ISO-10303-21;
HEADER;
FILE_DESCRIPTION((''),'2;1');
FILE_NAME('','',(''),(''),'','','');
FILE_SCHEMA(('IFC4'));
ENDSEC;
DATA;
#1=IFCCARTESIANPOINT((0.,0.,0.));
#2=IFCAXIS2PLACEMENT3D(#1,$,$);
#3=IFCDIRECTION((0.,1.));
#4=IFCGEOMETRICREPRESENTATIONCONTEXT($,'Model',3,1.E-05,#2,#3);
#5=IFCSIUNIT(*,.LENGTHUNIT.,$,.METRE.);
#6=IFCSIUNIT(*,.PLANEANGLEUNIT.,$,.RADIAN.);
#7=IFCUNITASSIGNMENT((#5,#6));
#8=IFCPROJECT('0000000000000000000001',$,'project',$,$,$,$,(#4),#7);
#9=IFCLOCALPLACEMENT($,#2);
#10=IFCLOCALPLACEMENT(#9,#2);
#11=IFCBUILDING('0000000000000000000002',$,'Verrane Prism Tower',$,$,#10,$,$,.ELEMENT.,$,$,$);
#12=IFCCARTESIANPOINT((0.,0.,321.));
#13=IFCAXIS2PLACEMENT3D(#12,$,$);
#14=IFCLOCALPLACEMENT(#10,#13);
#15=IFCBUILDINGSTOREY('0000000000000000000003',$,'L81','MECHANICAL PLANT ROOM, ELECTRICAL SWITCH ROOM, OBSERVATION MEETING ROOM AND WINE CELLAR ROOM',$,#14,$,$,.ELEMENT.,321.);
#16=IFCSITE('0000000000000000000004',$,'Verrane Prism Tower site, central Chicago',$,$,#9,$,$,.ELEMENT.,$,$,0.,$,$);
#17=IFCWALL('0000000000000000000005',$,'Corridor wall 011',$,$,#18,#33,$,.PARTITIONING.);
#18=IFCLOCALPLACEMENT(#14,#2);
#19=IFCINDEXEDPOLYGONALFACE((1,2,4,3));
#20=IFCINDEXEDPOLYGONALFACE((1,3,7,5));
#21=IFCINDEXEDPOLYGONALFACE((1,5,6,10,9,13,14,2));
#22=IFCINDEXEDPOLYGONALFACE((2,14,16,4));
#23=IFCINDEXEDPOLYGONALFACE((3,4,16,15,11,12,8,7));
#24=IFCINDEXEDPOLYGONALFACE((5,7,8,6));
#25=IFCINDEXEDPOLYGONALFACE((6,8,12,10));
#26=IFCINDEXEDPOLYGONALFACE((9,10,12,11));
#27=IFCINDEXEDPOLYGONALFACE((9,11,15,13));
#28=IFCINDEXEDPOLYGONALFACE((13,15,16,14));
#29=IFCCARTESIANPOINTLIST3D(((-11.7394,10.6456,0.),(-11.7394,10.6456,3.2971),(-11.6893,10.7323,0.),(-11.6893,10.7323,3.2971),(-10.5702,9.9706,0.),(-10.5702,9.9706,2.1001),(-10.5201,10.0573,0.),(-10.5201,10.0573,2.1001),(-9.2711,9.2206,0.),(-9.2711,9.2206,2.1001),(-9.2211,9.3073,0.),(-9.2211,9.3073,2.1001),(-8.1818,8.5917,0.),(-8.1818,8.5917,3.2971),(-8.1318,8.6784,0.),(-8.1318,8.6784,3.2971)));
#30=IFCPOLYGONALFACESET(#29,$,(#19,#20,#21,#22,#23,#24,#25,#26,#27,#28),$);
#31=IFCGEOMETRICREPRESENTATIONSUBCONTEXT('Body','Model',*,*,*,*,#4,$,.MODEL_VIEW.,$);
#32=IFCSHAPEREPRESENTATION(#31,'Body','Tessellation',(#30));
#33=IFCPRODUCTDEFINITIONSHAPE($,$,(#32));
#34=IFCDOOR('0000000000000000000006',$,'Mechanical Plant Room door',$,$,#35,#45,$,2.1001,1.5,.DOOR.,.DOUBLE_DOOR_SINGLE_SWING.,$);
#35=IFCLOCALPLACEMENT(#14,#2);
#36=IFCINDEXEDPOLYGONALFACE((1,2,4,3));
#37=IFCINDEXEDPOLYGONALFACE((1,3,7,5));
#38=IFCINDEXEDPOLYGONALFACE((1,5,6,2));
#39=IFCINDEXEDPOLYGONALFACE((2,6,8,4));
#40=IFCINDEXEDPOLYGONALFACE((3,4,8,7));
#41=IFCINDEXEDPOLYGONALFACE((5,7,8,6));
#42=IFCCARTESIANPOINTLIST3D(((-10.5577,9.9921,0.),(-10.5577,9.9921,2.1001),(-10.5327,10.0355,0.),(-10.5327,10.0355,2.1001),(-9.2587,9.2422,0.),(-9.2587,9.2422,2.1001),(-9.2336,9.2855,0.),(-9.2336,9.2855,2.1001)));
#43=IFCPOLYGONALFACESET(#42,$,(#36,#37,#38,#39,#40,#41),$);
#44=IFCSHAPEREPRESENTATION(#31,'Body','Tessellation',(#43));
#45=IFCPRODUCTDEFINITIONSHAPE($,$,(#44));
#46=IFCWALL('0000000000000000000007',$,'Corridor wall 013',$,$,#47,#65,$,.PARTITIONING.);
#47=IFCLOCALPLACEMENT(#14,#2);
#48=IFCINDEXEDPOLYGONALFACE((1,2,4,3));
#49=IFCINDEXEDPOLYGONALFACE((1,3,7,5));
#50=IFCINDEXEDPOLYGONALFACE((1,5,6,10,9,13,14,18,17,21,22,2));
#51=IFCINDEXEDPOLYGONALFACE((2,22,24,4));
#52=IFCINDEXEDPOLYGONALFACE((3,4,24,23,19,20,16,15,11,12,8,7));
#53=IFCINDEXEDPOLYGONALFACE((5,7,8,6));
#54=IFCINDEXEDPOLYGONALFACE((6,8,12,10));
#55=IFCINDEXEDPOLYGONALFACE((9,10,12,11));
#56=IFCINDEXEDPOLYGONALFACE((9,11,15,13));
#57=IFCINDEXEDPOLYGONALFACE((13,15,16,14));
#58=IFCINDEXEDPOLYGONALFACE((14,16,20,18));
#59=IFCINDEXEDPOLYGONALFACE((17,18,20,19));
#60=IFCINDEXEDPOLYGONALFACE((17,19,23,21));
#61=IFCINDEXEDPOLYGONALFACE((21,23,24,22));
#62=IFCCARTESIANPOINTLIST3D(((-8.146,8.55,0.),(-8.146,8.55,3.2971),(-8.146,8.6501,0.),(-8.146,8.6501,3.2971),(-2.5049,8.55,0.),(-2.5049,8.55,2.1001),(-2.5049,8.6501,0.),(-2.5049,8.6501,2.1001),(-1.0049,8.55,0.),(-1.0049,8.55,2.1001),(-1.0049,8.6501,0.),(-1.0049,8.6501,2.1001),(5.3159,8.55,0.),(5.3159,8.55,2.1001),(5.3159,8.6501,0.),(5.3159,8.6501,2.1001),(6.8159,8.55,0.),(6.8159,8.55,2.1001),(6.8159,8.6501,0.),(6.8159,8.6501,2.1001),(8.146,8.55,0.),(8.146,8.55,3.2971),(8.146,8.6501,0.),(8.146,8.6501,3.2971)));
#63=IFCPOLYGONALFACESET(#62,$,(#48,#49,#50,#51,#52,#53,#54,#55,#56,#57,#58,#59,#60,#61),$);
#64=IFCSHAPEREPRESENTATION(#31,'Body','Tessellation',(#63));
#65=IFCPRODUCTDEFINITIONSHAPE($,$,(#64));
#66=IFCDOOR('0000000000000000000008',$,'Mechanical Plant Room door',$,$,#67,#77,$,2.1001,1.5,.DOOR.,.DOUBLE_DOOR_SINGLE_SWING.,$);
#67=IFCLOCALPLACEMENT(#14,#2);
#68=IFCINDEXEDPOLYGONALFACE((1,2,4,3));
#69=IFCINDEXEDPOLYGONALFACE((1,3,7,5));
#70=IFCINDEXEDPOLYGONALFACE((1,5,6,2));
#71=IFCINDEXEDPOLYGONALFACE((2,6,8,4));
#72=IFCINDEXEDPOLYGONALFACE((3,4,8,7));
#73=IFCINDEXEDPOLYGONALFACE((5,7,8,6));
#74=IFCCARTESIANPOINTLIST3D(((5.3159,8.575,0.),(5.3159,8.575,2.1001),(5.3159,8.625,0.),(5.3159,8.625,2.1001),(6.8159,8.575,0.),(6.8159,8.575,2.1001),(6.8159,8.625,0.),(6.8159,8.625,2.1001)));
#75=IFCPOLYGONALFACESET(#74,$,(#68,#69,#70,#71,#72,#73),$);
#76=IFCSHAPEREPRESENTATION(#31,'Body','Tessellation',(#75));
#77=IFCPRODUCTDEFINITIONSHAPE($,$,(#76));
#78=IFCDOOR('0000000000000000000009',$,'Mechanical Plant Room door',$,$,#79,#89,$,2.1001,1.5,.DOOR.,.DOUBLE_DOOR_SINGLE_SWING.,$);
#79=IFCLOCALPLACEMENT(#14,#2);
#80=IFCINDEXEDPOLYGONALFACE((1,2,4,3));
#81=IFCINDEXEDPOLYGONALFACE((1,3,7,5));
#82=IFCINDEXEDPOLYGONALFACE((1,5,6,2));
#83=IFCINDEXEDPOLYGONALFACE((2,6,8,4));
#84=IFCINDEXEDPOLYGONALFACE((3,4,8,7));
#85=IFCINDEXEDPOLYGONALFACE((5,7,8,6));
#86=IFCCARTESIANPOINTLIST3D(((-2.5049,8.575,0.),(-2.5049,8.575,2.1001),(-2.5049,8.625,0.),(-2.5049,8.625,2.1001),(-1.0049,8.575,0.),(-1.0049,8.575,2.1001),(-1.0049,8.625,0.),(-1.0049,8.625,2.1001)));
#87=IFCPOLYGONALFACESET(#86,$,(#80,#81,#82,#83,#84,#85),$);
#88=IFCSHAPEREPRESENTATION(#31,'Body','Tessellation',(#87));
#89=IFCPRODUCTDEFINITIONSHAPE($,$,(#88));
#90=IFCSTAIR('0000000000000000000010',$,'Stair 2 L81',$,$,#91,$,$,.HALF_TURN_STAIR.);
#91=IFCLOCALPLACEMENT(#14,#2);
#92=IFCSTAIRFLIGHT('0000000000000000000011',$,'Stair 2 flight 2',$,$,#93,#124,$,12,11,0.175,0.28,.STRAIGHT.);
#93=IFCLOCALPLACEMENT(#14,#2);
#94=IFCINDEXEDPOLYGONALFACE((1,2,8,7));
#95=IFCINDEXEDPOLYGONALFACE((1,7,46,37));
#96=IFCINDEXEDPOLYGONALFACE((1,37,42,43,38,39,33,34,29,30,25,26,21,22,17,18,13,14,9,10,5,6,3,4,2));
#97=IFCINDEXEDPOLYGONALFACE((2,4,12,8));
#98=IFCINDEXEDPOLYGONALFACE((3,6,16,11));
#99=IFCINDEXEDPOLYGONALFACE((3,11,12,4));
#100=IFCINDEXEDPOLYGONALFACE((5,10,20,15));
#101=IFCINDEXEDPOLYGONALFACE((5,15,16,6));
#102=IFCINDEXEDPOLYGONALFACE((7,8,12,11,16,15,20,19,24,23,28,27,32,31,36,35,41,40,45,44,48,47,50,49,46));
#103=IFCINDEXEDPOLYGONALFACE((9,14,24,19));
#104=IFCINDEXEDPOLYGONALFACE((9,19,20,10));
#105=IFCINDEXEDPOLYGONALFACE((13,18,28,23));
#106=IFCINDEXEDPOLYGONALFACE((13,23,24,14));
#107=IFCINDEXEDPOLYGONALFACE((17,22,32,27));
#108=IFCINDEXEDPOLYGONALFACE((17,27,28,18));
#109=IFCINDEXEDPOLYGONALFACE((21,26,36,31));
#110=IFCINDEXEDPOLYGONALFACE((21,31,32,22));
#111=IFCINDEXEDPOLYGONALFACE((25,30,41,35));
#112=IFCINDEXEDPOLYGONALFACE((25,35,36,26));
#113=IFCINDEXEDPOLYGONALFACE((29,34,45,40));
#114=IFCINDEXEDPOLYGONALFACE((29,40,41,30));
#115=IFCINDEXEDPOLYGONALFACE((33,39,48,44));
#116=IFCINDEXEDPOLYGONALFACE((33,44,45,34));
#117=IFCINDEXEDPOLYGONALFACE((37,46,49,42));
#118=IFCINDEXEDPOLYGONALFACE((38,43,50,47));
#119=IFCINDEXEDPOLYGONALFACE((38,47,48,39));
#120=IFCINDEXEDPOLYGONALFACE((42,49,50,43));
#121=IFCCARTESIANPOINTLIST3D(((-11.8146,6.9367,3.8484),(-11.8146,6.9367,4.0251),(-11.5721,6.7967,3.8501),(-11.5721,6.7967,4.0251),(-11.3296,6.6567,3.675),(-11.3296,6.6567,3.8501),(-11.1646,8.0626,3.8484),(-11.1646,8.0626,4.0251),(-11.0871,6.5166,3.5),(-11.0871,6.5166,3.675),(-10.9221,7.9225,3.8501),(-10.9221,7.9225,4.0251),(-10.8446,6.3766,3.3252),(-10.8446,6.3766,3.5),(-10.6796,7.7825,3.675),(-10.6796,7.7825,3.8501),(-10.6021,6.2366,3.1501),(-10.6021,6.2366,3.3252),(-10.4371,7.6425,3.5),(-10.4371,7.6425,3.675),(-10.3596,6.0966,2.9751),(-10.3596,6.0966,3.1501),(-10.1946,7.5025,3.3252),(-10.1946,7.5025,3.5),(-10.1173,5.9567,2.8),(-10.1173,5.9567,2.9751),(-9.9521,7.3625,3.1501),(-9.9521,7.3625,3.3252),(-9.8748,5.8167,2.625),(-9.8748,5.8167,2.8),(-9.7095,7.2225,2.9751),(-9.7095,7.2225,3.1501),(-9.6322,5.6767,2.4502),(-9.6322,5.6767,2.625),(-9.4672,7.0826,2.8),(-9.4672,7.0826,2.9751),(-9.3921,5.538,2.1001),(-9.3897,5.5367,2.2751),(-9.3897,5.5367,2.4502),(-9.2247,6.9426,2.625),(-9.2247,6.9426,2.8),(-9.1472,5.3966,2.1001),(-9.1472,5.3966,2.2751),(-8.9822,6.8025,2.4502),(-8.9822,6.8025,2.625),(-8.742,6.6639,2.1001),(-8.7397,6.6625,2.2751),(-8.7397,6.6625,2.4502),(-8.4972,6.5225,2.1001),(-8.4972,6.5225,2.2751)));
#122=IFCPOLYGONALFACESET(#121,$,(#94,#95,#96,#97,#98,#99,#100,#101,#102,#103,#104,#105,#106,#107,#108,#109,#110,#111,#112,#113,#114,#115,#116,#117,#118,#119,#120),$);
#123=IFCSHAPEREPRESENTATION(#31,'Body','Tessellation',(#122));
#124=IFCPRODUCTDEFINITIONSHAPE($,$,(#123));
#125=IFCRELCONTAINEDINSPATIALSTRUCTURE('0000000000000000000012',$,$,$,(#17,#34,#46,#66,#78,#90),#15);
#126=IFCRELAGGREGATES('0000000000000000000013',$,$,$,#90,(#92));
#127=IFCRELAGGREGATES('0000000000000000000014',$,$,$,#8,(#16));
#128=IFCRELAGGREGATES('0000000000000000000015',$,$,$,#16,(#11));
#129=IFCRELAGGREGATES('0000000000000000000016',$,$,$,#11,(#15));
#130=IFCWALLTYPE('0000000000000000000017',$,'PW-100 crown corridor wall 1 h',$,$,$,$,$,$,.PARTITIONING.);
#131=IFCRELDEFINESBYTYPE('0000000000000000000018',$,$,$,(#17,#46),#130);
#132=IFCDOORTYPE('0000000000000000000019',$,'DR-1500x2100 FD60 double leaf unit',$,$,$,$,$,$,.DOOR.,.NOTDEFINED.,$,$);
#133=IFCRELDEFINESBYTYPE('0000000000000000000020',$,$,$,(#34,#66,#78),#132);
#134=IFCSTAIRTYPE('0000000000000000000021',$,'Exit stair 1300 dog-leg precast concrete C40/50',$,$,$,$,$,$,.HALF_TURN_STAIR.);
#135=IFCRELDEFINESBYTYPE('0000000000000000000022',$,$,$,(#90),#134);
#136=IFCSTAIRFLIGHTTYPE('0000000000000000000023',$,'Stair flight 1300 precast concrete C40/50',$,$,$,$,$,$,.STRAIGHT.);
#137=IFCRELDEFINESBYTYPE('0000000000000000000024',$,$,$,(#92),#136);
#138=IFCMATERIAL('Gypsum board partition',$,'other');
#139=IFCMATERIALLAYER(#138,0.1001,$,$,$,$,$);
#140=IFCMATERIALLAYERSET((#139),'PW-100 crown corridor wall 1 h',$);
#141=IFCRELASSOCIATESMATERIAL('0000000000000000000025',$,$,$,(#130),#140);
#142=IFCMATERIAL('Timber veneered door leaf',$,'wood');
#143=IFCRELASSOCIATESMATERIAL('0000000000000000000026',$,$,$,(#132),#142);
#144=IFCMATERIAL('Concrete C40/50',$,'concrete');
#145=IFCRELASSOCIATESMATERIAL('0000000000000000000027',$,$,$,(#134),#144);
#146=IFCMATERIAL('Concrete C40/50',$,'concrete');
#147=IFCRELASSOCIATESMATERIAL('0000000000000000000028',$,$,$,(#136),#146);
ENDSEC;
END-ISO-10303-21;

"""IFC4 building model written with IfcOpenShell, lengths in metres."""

from ifc_helpers import new_model, si_unit, direction, frame, frame_2d, origin, place, context, subcontext, project, spatial, polyline, rectangle, outline, extrude, material, layer, layer_set, type_object, element, fill, aggregate, save


model = new_model("IFC4")

# Units and contexts
model_context = context("Model", 3, precision=1e-05, world=origin(), true_north=direction((0.0, 1.0)))
body_context = subcontext(model_context, "Body", "Model", "MODEL_VIEW")
ifc_project = project(units=[si_unit("LENGTHUNIT", "METRE"), si_unit("PLANEANGLEUNIT", "RADIAN")], contexts=[model_context])

# Site, building, storey
site_placement = place(None, origin())
site = spatial("IfcSite", under=ifc_project, at=site_placement, Name="Verrane Prism Tower site, central Chicago", CompositionType="ELEMENT", RefElevation=0.0)
building_placement = place(site_placement, origin())
building = spatial("IfcBuilding", under=site, at=building_placement, Name="Verrane Prism Tower", CompositionType="ELEMENT")
storey_placement = place(building_placement, frame((0.0, 0.0, 321.0)))
storey = spatial("IfcBuildingStorey", under=building, at=storey_placement, Name="L81", Description="MECHANICAL PLANT ROOM, ELECTRICAL SWITCH ROOM, OBSERVATION MEETING ROOM AND WINE CELLAR ROOM", CompositionType="ELEMENT", Elevation=321.0)

# Shared definitions
ifc_material_1 = material(Name="Gypsum board partition", Category="other")
ifc_layer_1 = layer(ifc_material_1, 0.1001)
ifc_layer_set_1 = layer_set([ifc_layer_1], Name="PW-100 crown corridor wall 1 h")
wall_type_1 = type_object("IfcWallType", Name="PW-100 crown corridor wall 1 h", PredefinedType="PARTITIONING", material=ifc_layer_set_1)
ifc_material_2 = material(Name="Timber veneered door leaf", Category="wood")
door_type = type_object("IfcDoorType", Name="DR-1500x2100 FD60 double leaf unit", OperationType="NOTDEFINED", PredefinedType="DOOR", material=ifc_material_2)

# Wall, opening, door
wall_1_placement = place(storey_placement, frame((-11.7144, 10.689, 0.0), z_axis=(0.0, 0.0, 1.0), x_axis=(0.866029, -0.499993, 0.0)))
wall_1 = element("IfcWall", 1, at=wall_1_placement, inside=storey, type_object=wall_type_1, Name="Corridor wall 011", PredefinedType="PARTITIONING", context=body_context, shape_type="SweptSolid", body=[
    extrude(rectangle(XDim=4.1079, YDim=0.1001, at=frame_2d((2.054, 0.0))), origin(), (0.0, 0.0, 1.0), 3.2971),
])
opening_1_placement = place(wall_1_placement, frame((1.3501, 0.0, 0.0)))
opening_1 = element("IfcOpeningElement", 2, at=opening_1_placement, cuts=wall_1, PredefinedType="OPENING", context=body_context, shape_type="SweptSolid", body=[
    extrude(rectangle(XDim=1.5, YDim=2.1001, at=frame_2d((0.75, 1.05))), frame((0.0, 0.0601, 0.0), z_axis=(0.0, -1.0, 0.0), x_axis=(1.0, 0.0, 0.0)), (0.0, 0.0, 1.0), 0.1201),
])
door_1_placement = place(opening_1_placement, origin())
door_1 = element("IfcDoor", 3, at=door_1_placement, inside=storey, type_object=door_type, Name="Mechanical Plant Room door", OperationType="DOUBLE_DOOR_SINGLE_SWING", OverallHeight=2.1001, OverallWidth=1.5, PredefinedType="DOOR", context=body_context, shape_type="SweptSolid", body=[
    extrude(rectangle(XDim=1.5, YDim=2.1001, at=frame_2d((0.75, 1.05))), frame((0.0, 0.0249, 0.0), z_axis=(0.0, -1.0, 0.0), x_axis=(1.0, 0.0, 0.0)), (0.0, 0.0, 1.0), 0.05),
])
fill(opening_1, door_1)

# Wall, openings, doors
wall_2_placement = place(storey_placement, frame((-8.146, 8.6001, 0.0), z_axis=(0.0, 0.0, 1.0), x_axis=(1.0, 0.0, 0.0)))
wall_2 = element("IfcWall", 4, at=wall_2_placement, inside=storey, type_object=wall_type_1, Name="Corridor wall 013", PredefinedType="PARTITIONING", context=body_context, shape_type="SweptSolid", body=[
    extrude(rectangle(XDim=16.292, YDim=0.1001, at=frame_2d((8.146, 0.0))), origin(), (0.0, 0.0, 1.0), 3.2971),
])
opening_2_placement = place(wall_2_placement, frame((13.4619, 0.0, 0.0)))
opening_2 = element("IfcOpeningElement", 5, at=opening_2_placement, cuts=wall_2, PredefinedType="OPENING", context=body_context, shape_type="SweptSolid", body=[
    extrude(rectangle(XDim=1.5, YDim=2.1001, at=frame_2d((0.75, 1.05))), frame((0.0, 0.0601, 0.0), z_axis=(0.0, -1.0, 0.0), x_axis=(1.0, 0.0, 0.0)), (0.0, 0.0, 1.0), 0.1201),
])
opening_3_placement = place(wall_2_placement, frame((5.6411, 0.0, 0.0)))
opening_3 = element("IfcOpeningElement", 6, at=opening_3_placement, cuts=wall_2, PredefinedType="OPENING", context=body_context, shape_type="SweptSolid", body=[
    extrude(rectangle(XDim=1.5, YDim=2.1001, at=frame_2d((0.75, 1.05))), frame((0.0, 0.0601, 0.0), z_axis=(0.0, -1.0, 0.0), x_axis=(1.0, 0.0, 0.0)), (0.0, 0.0, 1.0), 0.1201),
])
door_2_placement = place(opening_2_placement, origin())
door_2 = element("IfcDoor", 7, at=door_2_placement, inside=storey, type_object=door_type, Name="Mechanical Plant Room door", OperationType="DOUBLE_DOOR_SINGLE_SWING", OverallHeight=2.1001, OverallWidth=1.5, PredefinedType="DOOR", context=body_context, shape_type="SweptSolid", body=[
    extrude(rectangle(XDim=1.5, YDim=2.1001, at=frame_2d((0.75, 1.05))), frame((0.0, 0.0249, 0.0), z_axis=(0.0, -1.0, 0.0), x_axis=(1.0, 0.0, 0.0)), (0.0, 0.0, 1.0), 0.05),
])
fill(opening_2, door_2)
door_3_placement = place(opening_3_placement, origin())
door_3 = element("IfcDoor", 8, at=door_3_placement, inside=storey, type_object=door_type, Name="Mechanical Plant Room door", OperationType="DOUBLE_DOOR_SINGLE_SWING", OverallHeight=2.1001, OverallWidth=1.5, PredefinedType="DOOR", context=body_context, shape_type="SweptSolid", body=[
    extrude(rectangle(XDim=1.5, YDim=2.1001, at=frame_2d((0.75, 1.05))), frame((0.0, 0.0249, 0.0), z_axis=(0.0, -1.0, 0.0), x_axis=(1.0, 0.0, 0.0)), (0.0, 0.0, 1.0), 0.05),
])
fill(opening_3, door_3)

# Stair, stair flight
ifc_material_3 = material(Name="Concrete C40/50", Category="concrete")
stair_type = type_object("IfcStairType", Name="Exit stair 1300 dog-leg precast concrete C40/50", PredefinedType="HALF_TURN_STAIR", material=ifc_material_3)
stair_placement = place(storey_placement, origin())
stair = element("IfcStair", 9, at=stair_placement, inside=storey, type_object=stair_type, Name="Stair 2 L81", PredefinedType="HALF_TURN_STAIR")
ifc_material_4 = material(Name="Concrete C40/50", Category="concrete")
stair_flight_type = type_object("IfcStairFlightType", Name="Stair flight 1300 precast concrete C40/50", PredefinedType="STRAIGHT", material=ifc_material_4)
stair_flight_placement = place(storey_placement, frame((-8.8223, 5.9595, 2.1001), z_axis=(0.0, 0.0, 1.0), x_axis=(-0.866025, 0.5, 0.0)))
stair_flight = element("IfcStairFlight", 10, at=stair_flight_placement, type_object=stair_flight_type, Name="Stair 2 flight 2", NumberOfRisers=12, NumberOfTreads=11, PredefinedType="STRAIGHT", RiserHeight=0.175, TreadLength=0.28, context=body_context, shape_type="SweptSolid", body=[
    extrude(outline(polyline([(0.0, 0.0), (0.0, 0.175), (0.28, 0.175), (0.28, 0.3501), (0.5601, 0.3501), (0.5601, 0.5249), (0.8401, 0.5249), (0.8401, 0.7), (1.1201, 0.7), (1.1201, 0.875), (1.3999, 0.875), (1.3999, 1.05), (1.6799, 1.05), (1.6799, 1.2251), (1.96, 1.2251), (1.96, 1.3999), (2.24, 1.3999), (2.24, 1.575), (2.52, 1.575), (2.52, 1.75), (2.8, 1.75), (2.8, 1.925), (3.0801, 1.925), (3.0801, 2.1001), (3.0801, 1.7483), (0.2827, 0.0), (0.0, 0.0)])), frame((0.0, 0.6499, 0.0), z_axis=(0.0, -1.0, 0.0), x_axis=(1.0, 0.0, 0.0)), (0.0, 0.0, 1.0), 1.3),
])
aggregate(stair, [stair_flight])

save(model, "model.ifc")
